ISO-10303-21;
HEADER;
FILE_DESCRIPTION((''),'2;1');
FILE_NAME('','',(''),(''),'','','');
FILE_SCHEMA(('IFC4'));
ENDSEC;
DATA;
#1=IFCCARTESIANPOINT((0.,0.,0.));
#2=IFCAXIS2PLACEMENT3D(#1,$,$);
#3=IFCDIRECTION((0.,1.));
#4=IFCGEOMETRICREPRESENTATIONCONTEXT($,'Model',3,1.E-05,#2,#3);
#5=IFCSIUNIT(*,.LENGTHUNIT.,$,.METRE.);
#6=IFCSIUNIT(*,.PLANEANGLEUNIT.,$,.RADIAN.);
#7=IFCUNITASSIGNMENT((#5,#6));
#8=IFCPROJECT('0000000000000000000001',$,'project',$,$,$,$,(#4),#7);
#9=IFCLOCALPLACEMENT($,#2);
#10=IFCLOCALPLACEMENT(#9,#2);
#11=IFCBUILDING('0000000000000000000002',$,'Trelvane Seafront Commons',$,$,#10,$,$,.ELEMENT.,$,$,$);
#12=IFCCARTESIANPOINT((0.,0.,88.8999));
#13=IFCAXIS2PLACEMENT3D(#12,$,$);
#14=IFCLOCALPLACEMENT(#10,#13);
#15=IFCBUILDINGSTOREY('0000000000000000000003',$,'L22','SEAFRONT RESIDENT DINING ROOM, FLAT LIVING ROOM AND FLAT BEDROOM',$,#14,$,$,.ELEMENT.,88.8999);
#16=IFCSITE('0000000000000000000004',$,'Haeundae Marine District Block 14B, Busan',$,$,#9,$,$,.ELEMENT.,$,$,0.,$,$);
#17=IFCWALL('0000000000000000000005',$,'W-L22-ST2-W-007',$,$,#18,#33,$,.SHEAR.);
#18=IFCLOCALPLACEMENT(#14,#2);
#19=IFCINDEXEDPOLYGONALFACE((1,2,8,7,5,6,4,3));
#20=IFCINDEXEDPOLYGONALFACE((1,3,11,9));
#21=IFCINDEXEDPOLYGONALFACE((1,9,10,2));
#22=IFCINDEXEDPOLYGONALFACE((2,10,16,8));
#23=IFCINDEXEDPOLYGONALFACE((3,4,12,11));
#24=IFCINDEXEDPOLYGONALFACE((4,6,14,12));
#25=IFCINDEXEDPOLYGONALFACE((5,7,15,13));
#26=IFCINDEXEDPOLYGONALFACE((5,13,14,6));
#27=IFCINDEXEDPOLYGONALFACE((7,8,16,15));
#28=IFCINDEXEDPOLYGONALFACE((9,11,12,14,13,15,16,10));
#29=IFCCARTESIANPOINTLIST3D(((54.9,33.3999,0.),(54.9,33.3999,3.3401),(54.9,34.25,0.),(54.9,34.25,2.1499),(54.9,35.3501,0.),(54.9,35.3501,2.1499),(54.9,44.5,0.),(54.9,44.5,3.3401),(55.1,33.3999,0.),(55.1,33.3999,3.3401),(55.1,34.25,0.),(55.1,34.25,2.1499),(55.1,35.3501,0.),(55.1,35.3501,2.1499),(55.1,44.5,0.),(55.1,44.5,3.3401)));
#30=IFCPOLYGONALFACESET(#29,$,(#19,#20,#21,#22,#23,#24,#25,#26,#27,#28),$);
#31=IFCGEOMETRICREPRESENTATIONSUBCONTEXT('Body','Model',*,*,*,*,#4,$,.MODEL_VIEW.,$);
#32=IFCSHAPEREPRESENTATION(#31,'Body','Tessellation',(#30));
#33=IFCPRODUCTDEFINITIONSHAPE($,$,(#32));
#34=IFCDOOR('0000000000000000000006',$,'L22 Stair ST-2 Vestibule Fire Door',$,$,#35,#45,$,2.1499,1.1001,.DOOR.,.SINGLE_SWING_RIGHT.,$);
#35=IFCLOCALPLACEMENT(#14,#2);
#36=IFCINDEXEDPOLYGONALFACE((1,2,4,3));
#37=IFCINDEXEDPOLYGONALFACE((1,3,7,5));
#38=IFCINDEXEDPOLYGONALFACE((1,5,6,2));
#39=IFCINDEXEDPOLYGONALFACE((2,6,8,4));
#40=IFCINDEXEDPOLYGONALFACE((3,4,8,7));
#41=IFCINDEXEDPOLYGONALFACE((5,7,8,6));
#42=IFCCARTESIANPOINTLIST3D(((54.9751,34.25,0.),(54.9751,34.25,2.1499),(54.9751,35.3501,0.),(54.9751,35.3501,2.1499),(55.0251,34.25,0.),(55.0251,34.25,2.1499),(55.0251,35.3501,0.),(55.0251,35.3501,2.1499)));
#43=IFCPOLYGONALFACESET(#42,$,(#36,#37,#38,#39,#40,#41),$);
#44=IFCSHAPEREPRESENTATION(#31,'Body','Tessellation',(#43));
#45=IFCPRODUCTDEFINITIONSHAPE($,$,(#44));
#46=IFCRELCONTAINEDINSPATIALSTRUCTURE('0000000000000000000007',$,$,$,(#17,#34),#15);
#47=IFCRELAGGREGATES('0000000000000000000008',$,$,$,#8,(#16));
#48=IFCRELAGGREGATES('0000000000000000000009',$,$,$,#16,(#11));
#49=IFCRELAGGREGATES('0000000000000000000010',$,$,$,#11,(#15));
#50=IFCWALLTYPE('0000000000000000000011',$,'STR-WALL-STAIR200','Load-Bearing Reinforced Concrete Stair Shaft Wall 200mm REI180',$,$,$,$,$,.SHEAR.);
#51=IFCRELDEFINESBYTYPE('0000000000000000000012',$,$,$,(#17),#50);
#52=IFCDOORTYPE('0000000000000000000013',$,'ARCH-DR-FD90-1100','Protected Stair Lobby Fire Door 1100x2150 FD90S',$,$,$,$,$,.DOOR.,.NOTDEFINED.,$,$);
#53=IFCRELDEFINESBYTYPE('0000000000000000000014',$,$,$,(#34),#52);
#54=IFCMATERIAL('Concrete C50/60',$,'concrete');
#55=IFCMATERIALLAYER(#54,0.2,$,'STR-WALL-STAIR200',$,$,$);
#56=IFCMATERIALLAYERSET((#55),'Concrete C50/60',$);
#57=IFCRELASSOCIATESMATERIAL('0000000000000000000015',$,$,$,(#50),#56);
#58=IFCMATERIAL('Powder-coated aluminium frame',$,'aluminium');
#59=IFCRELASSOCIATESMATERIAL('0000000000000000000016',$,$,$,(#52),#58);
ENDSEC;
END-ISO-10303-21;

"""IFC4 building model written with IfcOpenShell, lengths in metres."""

from ifc_helpers import new_model, si_unit, direction, frame, frame_2d, origin, place, context, subcontext, project, spatial, rectangle, extrude, source, transform, mapped, material, layer, layer_set, type_object, element, fill, save


model = new_model("IFC4")

# Units and contexts
model_context = context("Model", 3, precision=1e-05, world=origin(), true_north=direction((0.0, 1.0)))
body_context = subcontext(model_context, "Body", "Model", "MODEL_VIEW")
ifc_project = project(units=[si_unit("LENGTHUNIT", "METRE"), si_unit("PLANEANGLEUNIT", "RADIAN")], contexts=[model_context])

# Site, building, storey
site_placement = place(None, origin())
site = spatial("IfcSite", under=ifc_project, at=site_placement, Name="Haeundae Marine District Block 14B, Busan", CompositionType="ELEMENT", RefElevation=0.0)
building_placement = place(site_placement, origin())
building = spatial("IfcBuilding", under=site, at=building_placement, Name="Trelvane Seafront Commons", CompositionType="ELEMENT")
storey_placement = place(building_placement, frame((0.0, 0.0, 88.8999)))
storey = spatial("IfcBuildingStorey", under=building, at=storey_placement, Name="L22", Description="SEAFRONT RESIDENT DINING ROOM, FLAT LIVING ROOM AND FLAT BEDROOM", CompositionType="ELEMENT", Elevation=88.8999)

# Shared definitions
ifc_material_1 = material(Name="Powder-coated aluminium frame", Category="aluminium")

# Wall, opening, door
ifc_material_2 = material(Name="Concrete C50/60", Category="concrete")
ifc_layer_1 = layer(ifc_material_2, 0.2, Name="STR-WALL-STAIR200")
ifc_layer_set_1 = layer_set([ifc_layer_1], Name="Concrete C50/60")
wall_type_1 = type_object("IfcWallType", Name="STR-WALL-STAIR200", Description="Load-Bearing Reinforced Concrete Stair Shaft Wall 200mm REI180", PredefinedType="SHEAR", material=ifc_layer_set_1)
wall_1_placement = place(storey_placement, frame((55.0, 33.3999, 0.0), z_axis=(0.0, 0.0, 1.0), x_axis=(0.0, 1.0, 0.0)))
wall_1 = element("IfcWall", 1, at=wall_1_placement, inside=storey, type_object=wall_type_1, Name="W-L22-ST2-W-007", PredefinedType="SHEAR", context=body_context, shape_type="SweptSolid", body=[
    extrude(rectangle(XDim=11.1001, YDim=0.2, at=frame_2d((5.55, 0.0))), origin(), (0.0, 0.0, 1.0), 3.3401),
])
opening_1_placement = place(wall_1_placement, frame((0.8501, 0.0, 0.0)))
opening_1 = element("IfcOpeningElement", 2, at=opening_1_placement, cuts=wall_1, PredefinedType="OPENING", context=body_context, shape_type="SweptSolid", body=[
    extrude(rectangle(XDim=1.1001, YDim=2.1499, at=frame_2d((0.55, 1.075))), frame((0.0, 0.1099, 0.0), z_axis=(0.0, -1.0, 0.0), x_axis=(1.0, 0.0, 0.0)), (0.0, 0.0, 1.0), 0.22),
])
door_type_1 = type_object("IfcDoorType", Name="ARCH-DR-FD90-1100", Description="Protected Stair Lobby Fire Door 1100x2150 FD90S", OperationType="NOTDEFINED", PredefinedType="DOOR", material=ifc_material_1)
shared_shape_1 = source(origin(), body_context, "Body", "SweptSolid", [
    extrude(rectangle(XDim=1.1001, YDim=2.1499, at=frame_2d((0.55, 1.075))), frame((0.0, 0.0249, 0.0), z_axis=(0.0, -1.0, 0.0), x_axis=(1.0, 0.0, 0.0)), (0.0, 0.0, 1.0), 0.05),
])
door_1_placement = place(opening_1_placement, origin())
door_1 = element("IfcDoor", 3, at=door_1_placement, inside=storey, type_object=door_type_1, Name="L22 Stair ST-2 Vestibule Fire Door", OperationType="SINGLE_SWING_RIGHT", OverallHeight=2.1499, OverallWidth=1.1001, PredefinedType="DOOR", context=body_context, shape_type="MappedRepresentation", body=[
    mapped(shared_shape_1, transform((0.0, 0.0, 0.0), x_axis=(1.0, 0.0, 0.0), y_axis=(0.0, 1.0, 0.0), z_axis=(0.0, 0.0, 1.0), scale=1.0)),
])
fill(opening_1, door_1)

save(model, "model.ifc")
